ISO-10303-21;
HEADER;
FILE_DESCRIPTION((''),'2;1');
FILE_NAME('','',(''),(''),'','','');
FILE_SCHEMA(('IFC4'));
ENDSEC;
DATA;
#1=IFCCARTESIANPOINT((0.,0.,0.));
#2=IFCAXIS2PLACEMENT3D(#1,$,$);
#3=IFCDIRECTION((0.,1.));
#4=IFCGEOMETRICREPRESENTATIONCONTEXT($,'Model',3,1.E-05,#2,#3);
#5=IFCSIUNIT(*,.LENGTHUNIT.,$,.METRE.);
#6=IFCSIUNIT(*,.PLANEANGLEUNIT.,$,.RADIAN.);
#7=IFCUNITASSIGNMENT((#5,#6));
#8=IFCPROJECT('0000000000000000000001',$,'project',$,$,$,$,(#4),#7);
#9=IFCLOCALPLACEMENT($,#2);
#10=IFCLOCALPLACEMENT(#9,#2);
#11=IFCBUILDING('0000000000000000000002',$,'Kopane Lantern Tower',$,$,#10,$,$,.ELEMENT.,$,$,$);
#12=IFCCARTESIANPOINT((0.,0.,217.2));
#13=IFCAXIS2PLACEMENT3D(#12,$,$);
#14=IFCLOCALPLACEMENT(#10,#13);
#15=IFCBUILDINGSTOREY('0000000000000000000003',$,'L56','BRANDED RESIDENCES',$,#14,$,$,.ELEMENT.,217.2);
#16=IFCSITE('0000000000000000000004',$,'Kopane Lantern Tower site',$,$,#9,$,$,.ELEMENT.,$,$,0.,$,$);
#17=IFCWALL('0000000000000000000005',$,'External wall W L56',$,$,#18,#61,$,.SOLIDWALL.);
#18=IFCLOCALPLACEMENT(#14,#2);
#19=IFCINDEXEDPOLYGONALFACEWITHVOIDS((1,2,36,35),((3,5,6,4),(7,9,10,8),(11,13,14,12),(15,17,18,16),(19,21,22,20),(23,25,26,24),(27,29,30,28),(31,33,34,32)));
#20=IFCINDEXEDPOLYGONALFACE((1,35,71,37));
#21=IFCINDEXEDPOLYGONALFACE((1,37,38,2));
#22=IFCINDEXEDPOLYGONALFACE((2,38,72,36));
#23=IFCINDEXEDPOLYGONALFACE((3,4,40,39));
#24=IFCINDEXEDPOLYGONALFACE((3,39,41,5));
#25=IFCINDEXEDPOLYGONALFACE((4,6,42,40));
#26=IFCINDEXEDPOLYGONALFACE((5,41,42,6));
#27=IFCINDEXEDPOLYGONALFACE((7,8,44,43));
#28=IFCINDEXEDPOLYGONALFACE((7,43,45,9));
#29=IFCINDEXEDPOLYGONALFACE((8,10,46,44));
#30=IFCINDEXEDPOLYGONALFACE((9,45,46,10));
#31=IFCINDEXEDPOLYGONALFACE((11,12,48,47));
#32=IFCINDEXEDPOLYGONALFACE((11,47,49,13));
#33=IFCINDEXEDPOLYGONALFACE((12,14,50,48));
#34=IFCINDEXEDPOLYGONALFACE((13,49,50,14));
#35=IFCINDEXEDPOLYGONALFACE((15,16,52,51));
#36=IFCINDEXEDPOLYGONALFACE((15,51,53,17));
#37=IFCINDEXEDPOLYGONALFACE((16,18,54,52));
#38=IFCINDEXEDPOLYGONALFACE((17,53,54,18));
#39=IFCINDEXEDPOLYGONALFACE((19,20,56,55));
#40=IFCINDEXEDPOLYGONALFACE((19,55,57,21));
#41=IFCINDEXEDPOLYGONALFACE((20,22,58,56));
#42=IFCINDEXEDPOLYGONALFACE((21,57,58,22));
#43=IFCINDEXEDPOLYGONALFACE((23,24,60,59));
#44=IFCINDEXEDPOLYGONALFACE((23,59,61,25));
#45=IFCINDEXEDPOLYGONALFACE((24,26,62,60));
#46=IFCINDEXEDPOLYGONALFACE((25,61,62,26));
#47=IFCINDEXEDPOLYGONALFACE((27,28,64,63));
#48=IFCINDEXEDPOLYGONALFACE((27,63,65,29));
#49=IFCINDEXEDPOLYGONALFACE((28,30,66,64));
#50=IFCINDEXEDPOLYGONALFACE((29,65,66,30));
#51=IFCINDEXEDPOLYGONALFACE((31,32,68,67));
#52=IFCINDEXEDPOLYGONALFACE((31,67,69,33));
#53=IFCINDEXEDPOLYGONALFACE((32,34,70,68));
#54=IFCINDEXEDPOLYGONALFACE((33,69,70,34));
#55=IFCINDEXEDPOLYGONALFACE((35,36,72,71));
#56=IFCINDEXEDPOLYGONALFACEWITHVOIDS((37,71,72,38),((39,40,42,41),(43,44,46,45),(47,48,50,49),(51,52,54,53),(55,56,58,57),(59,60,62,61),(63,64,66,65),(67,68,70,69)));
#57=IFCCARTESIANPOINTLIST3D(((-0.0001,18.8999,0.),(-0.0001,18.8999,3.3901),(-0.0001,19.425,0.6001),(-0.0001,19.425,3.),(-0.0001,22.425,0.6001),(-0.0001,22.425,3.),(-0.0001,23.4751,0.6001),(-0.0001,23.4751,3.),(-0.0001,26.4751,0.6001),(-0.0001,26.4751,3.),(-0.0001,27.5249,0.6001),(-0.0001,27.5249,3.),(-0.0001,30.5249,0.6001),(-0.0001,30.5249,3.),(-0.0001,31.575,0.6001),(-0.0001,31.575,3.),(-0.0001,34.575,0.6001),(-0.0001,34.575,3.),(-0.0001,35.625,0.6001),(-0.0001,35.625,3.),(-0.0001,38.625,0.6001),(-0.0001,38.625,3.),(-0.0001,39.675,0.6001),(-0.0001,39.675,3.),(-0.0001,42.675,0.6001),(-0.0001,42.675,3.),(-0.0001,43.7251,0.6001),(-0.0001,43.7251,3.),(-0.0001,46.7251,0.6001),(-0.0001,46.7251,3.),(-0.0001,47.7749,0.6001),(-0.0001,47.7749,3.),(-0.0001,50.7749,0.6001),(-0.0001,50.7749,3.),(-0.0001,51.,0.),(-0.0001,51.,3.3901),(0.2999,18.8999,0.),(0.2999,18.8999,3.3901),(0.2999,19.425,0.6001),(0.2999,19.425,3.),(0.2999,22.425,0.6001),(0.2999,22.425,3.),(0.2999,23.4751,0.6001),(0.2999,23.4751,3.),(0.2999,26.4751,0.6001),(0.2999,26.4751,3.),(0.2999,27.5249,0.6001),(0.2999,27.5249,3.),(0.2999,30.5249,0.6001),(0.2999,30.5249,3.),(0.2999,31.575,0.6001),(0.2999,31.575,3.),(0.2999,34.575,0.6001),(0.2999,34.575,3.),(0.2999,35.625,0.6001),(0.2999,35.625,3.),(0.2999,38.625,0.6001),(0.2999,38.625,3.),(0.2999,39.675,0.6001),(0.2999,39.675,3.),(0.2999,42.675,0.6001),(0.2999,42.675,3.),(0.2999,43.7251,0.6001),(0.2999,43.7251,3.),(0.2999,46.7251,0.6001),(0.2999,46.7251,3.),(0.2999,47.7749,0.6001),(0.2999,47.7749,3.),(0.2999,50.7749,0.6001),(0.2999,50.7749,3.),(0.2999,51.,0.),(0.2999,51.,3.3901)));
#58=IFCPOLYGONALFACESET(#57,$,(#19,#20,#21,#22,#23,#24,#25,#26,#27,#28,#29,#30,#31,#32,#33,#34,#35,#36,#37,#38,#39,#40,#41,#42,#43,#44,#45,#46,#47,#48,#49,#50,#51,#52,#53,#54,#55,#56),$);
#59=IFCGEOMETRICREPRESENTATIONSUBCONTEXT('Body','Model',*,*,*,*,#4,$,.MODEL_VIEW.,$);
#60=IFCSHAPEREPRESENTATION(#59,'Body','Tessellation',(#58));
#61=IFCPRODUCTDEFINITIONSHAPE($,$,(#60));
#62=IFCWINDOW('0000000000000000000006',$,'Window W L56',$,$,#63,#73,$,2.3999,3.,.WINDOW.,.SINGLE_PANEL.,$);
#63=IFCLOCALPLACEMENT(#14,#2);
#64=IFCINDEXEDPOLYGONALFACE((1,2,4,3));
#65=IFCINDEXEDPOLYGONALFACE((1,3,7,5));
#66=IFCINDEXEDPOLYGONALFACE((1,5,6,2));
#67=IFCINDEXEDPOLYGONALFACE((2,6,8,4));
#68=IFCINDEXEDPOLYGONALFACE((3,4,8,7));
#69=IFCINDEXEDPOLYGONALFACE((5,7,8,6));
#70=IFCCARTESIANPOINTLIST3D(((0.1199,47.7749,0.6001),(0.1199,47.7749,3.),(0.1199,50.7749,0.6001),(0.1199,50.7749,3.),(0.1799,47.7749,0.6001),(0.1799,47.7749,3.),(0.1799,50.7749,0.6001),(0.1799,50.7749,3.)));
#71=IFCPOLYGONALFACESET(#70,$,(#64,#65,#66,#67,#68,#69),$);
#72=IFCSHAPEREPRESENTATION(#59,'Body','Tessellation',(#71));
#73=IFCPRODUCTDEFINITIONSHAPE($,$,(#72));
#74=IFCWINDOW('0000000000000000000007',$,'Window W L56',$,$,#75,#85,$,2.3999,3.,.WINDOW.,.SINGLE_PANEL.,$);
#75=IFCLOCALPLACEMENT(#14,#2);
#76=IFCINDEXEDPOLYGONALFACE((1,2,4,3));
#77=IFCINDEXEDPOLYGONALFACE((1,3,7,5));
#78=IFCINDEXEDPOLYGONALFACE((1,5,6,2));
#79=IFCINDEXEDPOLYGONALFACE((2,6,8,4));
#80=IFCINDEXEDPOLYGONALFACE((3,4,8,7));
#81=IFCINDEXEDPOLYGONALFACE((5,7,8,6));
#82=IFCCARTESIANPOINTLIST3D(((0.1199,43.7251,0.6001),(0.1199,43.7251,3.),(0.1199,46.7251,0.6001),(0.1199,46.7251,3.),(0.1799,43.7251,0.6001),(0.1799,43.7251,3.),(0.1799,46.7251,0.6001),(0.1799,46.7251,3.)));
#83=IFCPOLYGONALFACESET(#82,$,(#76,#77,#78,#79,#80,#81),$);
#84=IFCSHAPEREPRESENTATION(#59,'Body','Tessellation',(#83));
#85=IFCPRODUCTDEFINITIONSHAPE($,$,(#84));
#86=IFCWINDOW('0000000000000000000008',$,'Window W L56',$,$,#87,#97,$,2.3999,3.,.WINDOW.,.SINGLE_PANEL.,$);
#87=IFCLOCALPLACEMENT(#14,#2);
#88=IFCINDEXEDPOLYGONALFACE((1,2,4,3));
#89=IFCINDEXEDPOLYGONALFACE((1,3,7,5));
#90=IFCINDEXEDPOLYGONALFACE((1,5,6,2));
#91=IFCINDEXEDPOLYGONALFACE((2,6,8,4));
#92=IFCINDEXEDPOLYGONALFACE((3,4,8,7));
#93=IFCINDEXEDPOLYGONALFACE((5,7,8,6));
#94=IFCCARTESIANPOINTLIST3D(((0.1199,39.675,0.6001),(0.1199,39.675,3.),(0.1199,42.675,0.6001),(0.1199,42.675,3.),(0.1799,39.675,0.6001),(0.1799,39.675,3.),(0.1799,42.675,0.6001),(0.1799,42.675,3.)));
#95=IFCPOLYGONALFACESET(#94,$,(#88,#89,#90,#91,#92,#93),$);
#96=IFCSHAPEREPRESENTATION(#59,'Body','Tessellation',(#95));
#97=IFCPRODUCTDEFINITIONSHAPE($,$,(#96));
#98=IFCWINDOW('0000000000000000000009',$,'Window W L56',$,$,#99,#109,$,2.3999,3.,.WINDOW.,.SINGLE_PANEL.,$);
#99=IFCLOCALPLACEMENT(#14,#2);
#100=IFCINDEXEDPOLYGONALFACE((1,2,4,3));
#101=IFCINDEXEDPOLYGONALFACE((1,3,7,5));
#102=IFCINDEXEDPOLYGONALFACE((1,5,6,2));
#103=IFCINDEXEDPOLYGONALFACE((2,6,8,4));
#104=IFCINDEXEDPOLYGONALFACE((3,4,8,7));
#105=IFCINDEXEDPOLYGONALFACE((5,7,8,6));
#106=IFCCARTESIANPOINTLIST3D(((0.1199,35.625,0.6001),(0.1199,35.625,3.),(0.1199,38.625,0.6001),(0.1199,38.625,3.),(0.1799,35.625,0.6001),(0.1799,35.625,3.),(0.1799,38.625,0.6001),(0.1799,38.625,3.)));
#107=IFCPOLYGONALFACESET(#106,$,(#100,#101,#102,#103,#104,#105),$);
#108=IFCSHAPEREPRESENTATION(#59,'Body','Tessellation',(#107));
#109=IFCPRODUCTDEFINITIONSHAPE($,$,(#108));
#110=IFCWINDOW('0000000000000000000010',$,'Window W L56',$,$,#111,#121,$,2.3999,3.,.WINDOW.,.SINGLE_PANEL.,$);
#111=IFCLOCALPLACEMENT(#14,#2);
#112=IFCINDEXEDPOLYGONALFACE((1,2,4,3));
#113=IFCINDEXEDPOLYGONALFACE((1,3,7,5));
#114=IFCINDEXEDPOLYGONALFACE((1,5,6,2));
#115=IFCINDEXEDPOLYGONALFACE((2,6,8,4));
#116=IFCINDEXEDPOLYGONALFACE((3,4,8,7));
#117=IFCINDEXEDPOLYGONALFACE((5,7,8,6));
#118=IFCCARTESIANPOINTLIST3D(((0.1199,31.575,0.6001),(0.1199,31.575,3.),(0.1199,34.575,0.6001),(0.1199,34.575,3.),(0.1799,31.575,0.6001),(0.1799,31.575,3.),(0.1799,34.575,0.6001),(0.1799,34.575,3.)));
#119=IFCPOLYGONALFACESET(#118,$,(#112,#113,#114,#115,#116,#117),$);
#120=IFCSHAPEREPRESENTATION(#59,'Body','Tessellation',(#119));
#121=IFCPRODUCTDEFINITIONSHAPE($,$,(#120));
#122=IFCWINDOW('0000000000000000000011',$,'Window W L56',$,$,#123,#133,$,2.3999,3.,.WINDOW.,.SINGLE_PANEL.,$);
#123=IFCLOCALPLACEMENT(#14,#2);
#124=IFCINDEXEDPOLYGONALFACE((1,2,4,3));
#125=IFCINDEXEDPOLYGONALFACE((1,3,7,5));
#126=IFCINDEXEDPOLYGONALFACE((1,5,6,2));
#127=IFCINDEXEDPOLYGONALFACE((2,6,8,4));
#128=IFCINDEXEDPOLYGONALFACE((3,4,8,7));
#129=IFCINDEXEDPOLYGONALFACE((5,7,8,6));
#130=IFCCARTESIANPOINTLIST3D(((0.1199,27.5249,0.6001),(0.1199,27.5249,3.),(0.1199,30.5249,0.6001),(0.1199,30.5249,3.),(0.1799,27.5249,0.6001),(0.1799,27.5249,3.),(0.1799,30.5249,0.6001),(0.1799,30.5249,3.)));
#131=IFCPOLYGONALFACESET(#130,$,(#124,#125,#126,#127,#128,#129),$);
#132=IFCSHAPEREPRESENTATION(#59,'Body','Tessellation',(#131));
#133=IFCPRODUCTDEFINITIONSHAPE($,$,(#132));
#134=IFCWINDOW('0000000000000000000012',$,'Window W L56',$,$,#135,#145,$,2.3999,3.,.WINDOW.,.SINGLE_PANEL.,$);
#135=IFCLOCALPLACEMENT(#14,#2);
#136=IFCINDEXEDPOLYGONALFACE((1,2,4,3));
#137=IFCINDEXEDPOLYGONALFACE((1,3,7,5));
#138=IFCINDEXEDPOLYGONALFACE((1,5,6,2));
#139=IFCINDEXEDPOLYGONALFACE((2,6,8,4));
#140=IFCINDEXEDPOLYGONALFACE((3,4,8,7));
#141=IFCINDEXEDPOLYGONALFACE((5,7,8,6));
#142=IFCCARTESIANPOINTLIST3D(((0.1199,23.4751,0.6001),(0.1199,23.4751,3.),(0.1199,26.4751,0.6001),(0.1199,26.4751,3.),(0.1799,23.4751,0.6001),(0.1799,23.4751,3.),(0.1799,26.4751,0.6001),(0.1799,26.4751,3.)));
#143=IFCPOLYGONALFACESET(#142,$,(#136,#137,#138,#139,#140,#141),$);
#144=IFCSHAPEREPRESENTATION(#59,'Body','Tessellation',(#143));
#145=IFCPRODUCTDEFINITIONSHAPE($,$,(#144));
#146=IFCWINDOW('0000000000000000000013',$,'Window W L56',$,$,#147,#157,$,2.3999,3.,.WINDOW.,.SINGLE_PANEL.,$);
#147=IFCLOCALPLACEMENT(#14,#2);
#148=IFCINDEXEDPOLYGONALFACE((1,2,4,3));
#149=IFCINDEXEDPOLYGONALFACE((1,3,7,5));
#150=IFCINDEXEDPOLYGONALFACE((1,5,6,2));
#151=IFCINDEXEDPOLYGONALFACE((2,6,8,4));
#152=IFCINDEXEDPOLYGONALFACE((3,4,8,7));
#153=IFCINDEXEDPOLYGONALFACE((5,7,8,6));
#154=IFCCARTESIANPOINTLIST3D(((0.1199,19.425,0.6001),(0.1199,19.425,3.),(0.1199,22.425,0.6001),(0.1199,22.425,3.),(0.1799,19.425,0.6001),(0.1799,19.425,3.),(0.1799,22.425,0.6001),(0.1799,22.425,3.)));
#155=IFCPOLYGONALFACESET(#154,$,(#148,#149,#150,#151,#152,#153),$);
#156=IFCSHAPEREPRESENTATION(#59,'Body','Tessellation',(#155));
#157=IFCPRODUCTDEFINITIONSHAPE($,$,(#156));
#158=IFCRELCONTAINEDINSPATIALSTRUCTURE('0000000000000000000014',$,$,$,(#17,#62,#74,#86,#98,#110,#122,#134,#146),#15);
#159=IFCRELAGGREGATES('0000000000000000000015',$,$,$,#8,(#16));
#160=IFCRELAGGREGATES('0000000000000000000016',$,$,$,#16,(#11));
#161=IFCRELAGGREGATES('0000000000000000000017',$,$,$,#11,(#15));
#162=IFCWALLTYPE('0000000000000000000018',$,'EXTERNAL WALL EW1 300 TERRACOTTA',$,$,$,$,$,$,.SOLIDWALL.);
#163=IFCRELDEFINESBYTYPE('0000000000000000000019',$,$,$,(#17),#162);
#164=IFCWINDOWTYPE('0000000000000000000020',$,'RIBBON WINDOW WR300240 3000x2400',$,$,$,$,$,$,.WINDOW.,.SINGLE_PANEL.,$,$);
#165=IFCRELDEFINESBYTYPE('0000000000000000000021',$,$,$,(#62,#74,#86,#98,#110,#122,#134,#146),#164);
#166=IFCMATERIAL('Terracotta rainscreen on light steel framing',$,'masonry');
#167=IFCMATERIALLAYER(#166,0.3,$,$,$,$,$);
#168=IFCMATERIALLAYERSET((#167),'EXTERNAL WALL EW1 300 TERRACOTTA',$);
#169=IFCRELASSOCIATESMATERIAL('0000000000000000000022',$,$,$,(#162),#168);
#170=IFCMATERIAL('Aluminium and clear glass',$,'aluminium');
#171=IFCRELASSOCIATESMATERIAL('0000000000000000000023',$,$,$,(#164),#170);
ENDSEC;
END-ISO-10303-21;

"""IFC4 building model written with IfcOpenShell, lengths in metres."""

from ifc_helpers import new_model, si_unit, direction, frame, frame_2d, origin, place, context, subcontext, project, spatial, rectangle, extrude, material, layer, layer_set, type_object, element, fill, save


model = new_model("IFC4")

# Units and contexts
model_context = context("Model", 3, precision=1e-05, world=origin(), true_north=direction((0.0, 1.0)))
body_context = subcontext(model_context, "Body", "Model", "MODEL_VIEW")
ifc_project = project(units=[si_unit("LENGTHUNIT", "METRE"), si_unit("PLANEANGLEUNIT", "RADIAN")], contexts=[model_context])

# Site, building, storey
site_placement = place(None, origin())
site = spatial("IfcSite", under=ifc_project, at=site_placement, Name="Kopane Lantern Tower site", CompositionType="ELEMENT", RefElevation=0.0)
building_placement = place(site_placement, origin())
building = spatial("IfcBuilding", under=site, at=building_placement, Name="Kopane Lantern Tower", CompositionType="ELEMENT")
storey_placement = place(building_placement, frame((0.0, 0.0, 217.2)))
storey = spatial("IfcBuildingStorey", under=building, at=storey_placement, Name="L56", Description="BRANDED RESIDENCES", CompositionType="ELEMENT", Elevation=217.2)

# Shared definitions
ifc_material_1 = material(Name="Terracotta rainscreen on light steel framing", Category="masonry")
ifc_layer_1 = layer(ifc_material_1, 0.3)
ifc_layer_set_1 = layer_set([ifc_layer_1], Name="EXTERNAL WALL EW1 300 TERRACOTTA")
wall_type_1 = type_object("IfcWallType", Name="EXTERNAL WALL EW1 300 TERRACOTTA", PredefinedType="SOLIDWALL", material=ifc_layer_set_1)

# Wall, openings, windows
wall_1_placement = place(storey_placement, frame((0.1499, 51.0, 0.0), z_axis=(0.0, 0.0, 1.0), x_axis=(0.0, -1.0, 0.0)))
wall_1 = element("IfcWall", 1, at=wall_1_placement, inside=storey, type_object=wall_type_1, Name="External wall W L56", PredefinedType="SOLIDWALL", context=body_context, shape_type="SweptSolid", body=[
    extrude(rectangle(XDim=32.1001, YDim=0.3, at=frame_2d((16.05, 0.0))), origin(), (0.0, 0.0, 1.0), 3.3901),
])
opening_1_placement = place(wall_1_placement, frame((0.2251, 0.0, 0.6001)))
opening_1 = element("IfcOpeningElement", 2, at=opening_1_placement, cuts=wall_1, PredefinedType="OPENING", context=body_context, shape_type="SweptSolid", body=[
    extrude(rectangle(XDim=3.0, YDim=2.3999, at=frame_2d((1.5, 1.2))), frame((0.0, 0.1599, 0.0), z_axis=(0.0, -1.0, 0.0), x_axis=(1.0, 0.0, 0.0)), (0.0, 0.0, 1.0), 0.3201),
])
opening_2_placement = place(wall_1_placement, frame((4.2749, 0.0, 0.6001)))
opening_2 = element("IfcOpeningElement", 3, at=opening_2_placement, cuts=wall_1, PredefinedType="OPENING", context=body_context, shape_type="SweptSolid", body=[
    extrude(rectangle(XDim=3.0, YDim=2.3999, at=frame_2d((1.5, 1.2))), frame((0.0, 0.1599, 0.0), z_axis=(0.0, -1.0, 0.0), x_axis=(1.0, 0.0, 0.0)), (0.0, 0.0, 1.0), 0.3201),
])
opening_3_placement = place(wall_1_placement, frame((8.325, 0.0, 0.6001)))
opening_3 = element("IfcOpeningElement", 4, at=opening_3_placement, cuts=wall_1, PredefinedType="OPENING", context=body_context, shape_type="SweptSolid", body=[
    extrude(rectangle(XDim=3.0, YDim=2.3999, at=frame_2d((1.5, 1.2))), frame((0.0, 0.1599, 0.0), z_axis=(0.0, -1.0, 0.0), x_axis=(1.0, 0.0, 0.0)), (0.0, 0.0, 1.0), 0.3201),
])
opening_4_placement = place(wall_1_placement, frame((12.375, 0.0, 0.6001)))
opening_4 = element("IfcOpeningElement", 5, at=opening_4_placement, cuts=wall_1, PredefinedType="OPENING", context=body_context, shape_type="SweptSolid", body=[
    extrude(rectangle(XDim=3.0, YDim=2.3999, at=frame_2d((1.5, 1.2))), frame((0.0, 0.1599, 0.0), z_axis=(0.0, -1.0, 0.0), x_axis=(1.0, 0.0, 0.0)), (0.0, 0.0, 1.0), 0.3201),
])
opening_5_placement = place(wall_1_placement, frame((16.425, 0.0, 0.6001)))
opening_5 = element("IfcOpeningElement", 6, at=opening_5_placement, cuts=wall_1, PredefinedType="OPENING", context=body_context, shape_type="SweptSolid", body=[
    extrude(rectangle(XDim=3.0, YDim=2.3999, at=frame_2d((1.5, 1.2))), frame((0.0, 0.1599, 0.0), z_axis=(0.0, -1.0, 0.0), x_axis=(1.0, 0.0, 0.0)), (0.0, 0.0, 1.0), 0.3201),
])
opening_6_placement = place(wall_1_placement, frame((20.4751, 0.0, 0.6001)))
opening_6 = element("IfcOpeningElement", 7, at=opening_6_placement, cuts=wall_1, PredefinedType="OPENING", context=body_context, shape_type="SweptSolid", body=[
    extrude(rectangle(XDim=3.0, YDim=2.3999, at=frame_2d((1.5, 1.2))), frame((0.0, 0.1599, 0.0), z_axis=(0.0, -1.0, 0.0), x_axis=(1.0, 0.0, 0.0)), (0.0, 0.0, 1.0), 0.3201),
])
opening_7_placement = place(wall_1_placement, frame((24.5249, 0.0, 0.6001)))
opening_7 = element("IfcOpeningElement", 8, at=opening_7_placement, cuts=wall_1, PredefinedType="OPENING", context=body_context, shape_type="SweptSolid", body=[
    extrude(rectangle(XDim=3.0, YDim=2.3999, at=frame_2d((1.5, 1.2))), frame((0.0, 0.1599, 0.0), z_axis=(0.0, -1.0, 0.0), x_axis=(1.0, 0.0, 0.0)), (0.0, 0.0, 1.0), 0.3201),
])
opening_8_placement = place(wall_1_placement, frame((28.575, 0.0, 0.6001)))
opening_8 = element("IfcOpeningElement", 9, at=opening_8_placement, cuts=wall_1, PredefinedType="OPENING", context=body_context, shape_type="SweptSolid", body=[
    extrude(rectangle(XDim=3.0, YDim=2.3999, at=frame_2d((1.5, 1.2))), frame((0.0, 0.1599, 0.0), z_axis=(0.0, -1.0, 0.0), x_axis=(1.0, 0.0, 0.0)), (0.0, 0.0, 1.0), 0.3201),
])
ifc_material_2 = material(Name="Aluminium and clear glass", Category="aluminium")
window_type_1 = type_object("IfcWindowType", Name="RIBBON WINDOW WR300240 3000x2400", PartitioningType="SINGLE_PANEL", PredefinedType="WINDOW", material=ifc_material_2)
window_1_placement = place(opening_1_placement, origin())
window_1 = element("IfcWindow", 10, at=window_1_placement, inside=storey, type_object=window_type_1, Name="Window W L56", OverallHeight=2.3999, OverallWidth=3.0, PartitioningType="SINGLE_PANEL", PredefinedType="WINDOW", context=body_context, shape_type="SweptSolid", body=[
    extrude(rectangle(XDim=3.0, YDim=2.3999, at=frame_2d((1.5, 1.2))), frame((0.0, 0.03, 0.0), z_axis=(0.0, -1.0, 0.0), x_axis=(1.0, 0.0, 0.0)), (0.0, 0.0, 1.0), 0.0601),
])
fill(opening_1, window_1)
window_2_placement = place(opening_2_placement, origin())
window_2 = element("IfcWindow", 11, at=window_2_placement, inside=storey, type_object=window_type_1, Name="Window W L56", OverallHeight=2.3999, OverallWidth=3.0, PartitioningType="SINGLE_PANEL", PredefinedType="WINDOW", context=body_context, shape_type="SweptSolid", body=[
    extrude(rectangle(XDim=3.0, YDim=2.3999, at=frame_2d((1.5, 1.2))), frame((0.0, 0.03, 0.0), z_axis=(0.0, -1.0, 0.0), x_axis=(1.0, 0.0, 0.0)), (0.0, 0.0, 1.0), 0.0601),
])
fill(opening_2, window_2)
window_3_placement = place(opening_3_placement, origin())
window_3 = element("IfcWindow", 12, at=window_3_placement, inside=storey, type_object=window_type_1, Name="Window W L56", OverallHeight=2.3999, OverallWidth=3.0, PartitioningType="SINGLE_PANEL", PredefinedType="WINDOW", context=body_context, shape_type="SweptSolid", body=[
    extrude(rectangle(XDim=3.0, YDim=2.3999, at=frame_2d((1.5, 1.2))), frame((0.0, 0.03, 0.0), z_axis=(0.0, -1.0, 0.0), x_axis=(1.0, 0.0, 0.0)), (0.0, 0.0, 1.0), 0.0601),
])
fill(opening_3, window_3)
window_4_placement = place(opening_4_placement, origin())
window_4 = element("IfcWindow", 13, at=window_4_placement, inside=storey, type_object=window_type_1, Name="Window W L56", OverallHeight=2.3999, OverallWidth=3.0, PartitioningType="SINGLE_PANEL", PredefinedType="WINDOW", context=body_context, shape_type="SweptSolid", body=[
    extrude(rectangle(XDim=3.0, YDim=2.3999, at=frame_2d((1.5, 1.2))), frame((0.0, 0.03, 0.0), z_axis=(0.0, -1.0, 0.0), x_axis=(1.0, 0.0, 0.0)), (0.0, 0.0, 1.0), 0.0601),
])
fill(opening_4, window_4)
window_5_placement = place(opening_5_placement, origin())
window_5 = element("IfcWindow", 14, at=window_5_placement, inside=storey, type_object=window_type_1, Name="Window W L56", OverallHeight=2.3999, OverallWidth=3.0, PartitioningType="SINGLE_PANEL", PredefinedType="WINDOW", context=body_context, shape_type="SweptSolid", body=[
    extrude(rectangle(XDim=3.0, YDim=2.3999, at=frame_2d((1.5, 1.2))), frame((0.0, 0.03, 0.0), z_axis=(0.0, -1.0, 0.0), x_axis=(1.0, 0.0, 0.0)), (0.0, 0.0, 1.0), 0.0601),
])
fill(opening_5, window_5)
window_6_placement = place(opening_6_placement, origin())
window_6 = element("IfcWindow", 15, at=window_6_placement, inside=storey, type_object=window_type_1, Name="Window W L56", OverallHeight=2.3999, OverallWidth=3.0, PartitioningType="SINGLE_PANEL", PredefinedType="WINDOW", context=body_context, shape_type="SweptSolid", body=[
    extrude(rectangle(XDim=3.0, YDim=2.3999, at=frame_2d((1.5, 1.2))), frame((0.0, 0.03, 0.0), z_axis=(0.0, -1.0, 0.0), x_axis=(1.0, 0.0, 0.0)), (0.0, 0.0, 1.0), 0.0601),
])
fill(opening_6, window_6)
window_7_placement = place(opening_7_placement, origin())
window_7 = element("IfcWindow", 16, at=window_7_placement, inside=storey, type_object=window_type_1, Name="Window W L56", OverallHeight=2.3999, OverallWidth=3.0, PartitioningType="SINGLE_PANEL", PredefinedType="WINDOW", context=body_context, shape_type="SweptSolid", body=[
    extrude(rectangle(XDim=3.0, YDim=2.3999, at=frame_2d((1.5, 1.2))), frame((0.0, 0.03, 0.0), z_axis=(0.0, -1.0, 0.0), x_axis=(1.0, 0.0, 0.0)), (0.0, 0.0, 1.0), 0.0601),
])
fill(opening_7, window_7)
window_8_placement = place(opening_8_placement, origin())
window_8 = element("IfcWindow", 17, at=window_8_placement, inside=storey, type_object=window_type_1, Name="Window W L56", OverallHeight=2.3999, OverallWidth=3.0, PartitioningType="SINGLE_PANEL", PredefinedType="WINDOW", context=body_context, shape_type="SweptSolid", body=[
    extrude(rectangle(XDim=3.0, YDim=2.3999, at=frame_2d((1.5, 1.2))), frame((0.0, 0.03, 0.0), z_axis=(0.0, -1.0, 0.0), x_axis=(1.0, 0.0, 0.0)), (0.0, 0.0, 1.0), 0.0601),
])
fill(opening_8, window_8)

save(model, "model.ifc")
